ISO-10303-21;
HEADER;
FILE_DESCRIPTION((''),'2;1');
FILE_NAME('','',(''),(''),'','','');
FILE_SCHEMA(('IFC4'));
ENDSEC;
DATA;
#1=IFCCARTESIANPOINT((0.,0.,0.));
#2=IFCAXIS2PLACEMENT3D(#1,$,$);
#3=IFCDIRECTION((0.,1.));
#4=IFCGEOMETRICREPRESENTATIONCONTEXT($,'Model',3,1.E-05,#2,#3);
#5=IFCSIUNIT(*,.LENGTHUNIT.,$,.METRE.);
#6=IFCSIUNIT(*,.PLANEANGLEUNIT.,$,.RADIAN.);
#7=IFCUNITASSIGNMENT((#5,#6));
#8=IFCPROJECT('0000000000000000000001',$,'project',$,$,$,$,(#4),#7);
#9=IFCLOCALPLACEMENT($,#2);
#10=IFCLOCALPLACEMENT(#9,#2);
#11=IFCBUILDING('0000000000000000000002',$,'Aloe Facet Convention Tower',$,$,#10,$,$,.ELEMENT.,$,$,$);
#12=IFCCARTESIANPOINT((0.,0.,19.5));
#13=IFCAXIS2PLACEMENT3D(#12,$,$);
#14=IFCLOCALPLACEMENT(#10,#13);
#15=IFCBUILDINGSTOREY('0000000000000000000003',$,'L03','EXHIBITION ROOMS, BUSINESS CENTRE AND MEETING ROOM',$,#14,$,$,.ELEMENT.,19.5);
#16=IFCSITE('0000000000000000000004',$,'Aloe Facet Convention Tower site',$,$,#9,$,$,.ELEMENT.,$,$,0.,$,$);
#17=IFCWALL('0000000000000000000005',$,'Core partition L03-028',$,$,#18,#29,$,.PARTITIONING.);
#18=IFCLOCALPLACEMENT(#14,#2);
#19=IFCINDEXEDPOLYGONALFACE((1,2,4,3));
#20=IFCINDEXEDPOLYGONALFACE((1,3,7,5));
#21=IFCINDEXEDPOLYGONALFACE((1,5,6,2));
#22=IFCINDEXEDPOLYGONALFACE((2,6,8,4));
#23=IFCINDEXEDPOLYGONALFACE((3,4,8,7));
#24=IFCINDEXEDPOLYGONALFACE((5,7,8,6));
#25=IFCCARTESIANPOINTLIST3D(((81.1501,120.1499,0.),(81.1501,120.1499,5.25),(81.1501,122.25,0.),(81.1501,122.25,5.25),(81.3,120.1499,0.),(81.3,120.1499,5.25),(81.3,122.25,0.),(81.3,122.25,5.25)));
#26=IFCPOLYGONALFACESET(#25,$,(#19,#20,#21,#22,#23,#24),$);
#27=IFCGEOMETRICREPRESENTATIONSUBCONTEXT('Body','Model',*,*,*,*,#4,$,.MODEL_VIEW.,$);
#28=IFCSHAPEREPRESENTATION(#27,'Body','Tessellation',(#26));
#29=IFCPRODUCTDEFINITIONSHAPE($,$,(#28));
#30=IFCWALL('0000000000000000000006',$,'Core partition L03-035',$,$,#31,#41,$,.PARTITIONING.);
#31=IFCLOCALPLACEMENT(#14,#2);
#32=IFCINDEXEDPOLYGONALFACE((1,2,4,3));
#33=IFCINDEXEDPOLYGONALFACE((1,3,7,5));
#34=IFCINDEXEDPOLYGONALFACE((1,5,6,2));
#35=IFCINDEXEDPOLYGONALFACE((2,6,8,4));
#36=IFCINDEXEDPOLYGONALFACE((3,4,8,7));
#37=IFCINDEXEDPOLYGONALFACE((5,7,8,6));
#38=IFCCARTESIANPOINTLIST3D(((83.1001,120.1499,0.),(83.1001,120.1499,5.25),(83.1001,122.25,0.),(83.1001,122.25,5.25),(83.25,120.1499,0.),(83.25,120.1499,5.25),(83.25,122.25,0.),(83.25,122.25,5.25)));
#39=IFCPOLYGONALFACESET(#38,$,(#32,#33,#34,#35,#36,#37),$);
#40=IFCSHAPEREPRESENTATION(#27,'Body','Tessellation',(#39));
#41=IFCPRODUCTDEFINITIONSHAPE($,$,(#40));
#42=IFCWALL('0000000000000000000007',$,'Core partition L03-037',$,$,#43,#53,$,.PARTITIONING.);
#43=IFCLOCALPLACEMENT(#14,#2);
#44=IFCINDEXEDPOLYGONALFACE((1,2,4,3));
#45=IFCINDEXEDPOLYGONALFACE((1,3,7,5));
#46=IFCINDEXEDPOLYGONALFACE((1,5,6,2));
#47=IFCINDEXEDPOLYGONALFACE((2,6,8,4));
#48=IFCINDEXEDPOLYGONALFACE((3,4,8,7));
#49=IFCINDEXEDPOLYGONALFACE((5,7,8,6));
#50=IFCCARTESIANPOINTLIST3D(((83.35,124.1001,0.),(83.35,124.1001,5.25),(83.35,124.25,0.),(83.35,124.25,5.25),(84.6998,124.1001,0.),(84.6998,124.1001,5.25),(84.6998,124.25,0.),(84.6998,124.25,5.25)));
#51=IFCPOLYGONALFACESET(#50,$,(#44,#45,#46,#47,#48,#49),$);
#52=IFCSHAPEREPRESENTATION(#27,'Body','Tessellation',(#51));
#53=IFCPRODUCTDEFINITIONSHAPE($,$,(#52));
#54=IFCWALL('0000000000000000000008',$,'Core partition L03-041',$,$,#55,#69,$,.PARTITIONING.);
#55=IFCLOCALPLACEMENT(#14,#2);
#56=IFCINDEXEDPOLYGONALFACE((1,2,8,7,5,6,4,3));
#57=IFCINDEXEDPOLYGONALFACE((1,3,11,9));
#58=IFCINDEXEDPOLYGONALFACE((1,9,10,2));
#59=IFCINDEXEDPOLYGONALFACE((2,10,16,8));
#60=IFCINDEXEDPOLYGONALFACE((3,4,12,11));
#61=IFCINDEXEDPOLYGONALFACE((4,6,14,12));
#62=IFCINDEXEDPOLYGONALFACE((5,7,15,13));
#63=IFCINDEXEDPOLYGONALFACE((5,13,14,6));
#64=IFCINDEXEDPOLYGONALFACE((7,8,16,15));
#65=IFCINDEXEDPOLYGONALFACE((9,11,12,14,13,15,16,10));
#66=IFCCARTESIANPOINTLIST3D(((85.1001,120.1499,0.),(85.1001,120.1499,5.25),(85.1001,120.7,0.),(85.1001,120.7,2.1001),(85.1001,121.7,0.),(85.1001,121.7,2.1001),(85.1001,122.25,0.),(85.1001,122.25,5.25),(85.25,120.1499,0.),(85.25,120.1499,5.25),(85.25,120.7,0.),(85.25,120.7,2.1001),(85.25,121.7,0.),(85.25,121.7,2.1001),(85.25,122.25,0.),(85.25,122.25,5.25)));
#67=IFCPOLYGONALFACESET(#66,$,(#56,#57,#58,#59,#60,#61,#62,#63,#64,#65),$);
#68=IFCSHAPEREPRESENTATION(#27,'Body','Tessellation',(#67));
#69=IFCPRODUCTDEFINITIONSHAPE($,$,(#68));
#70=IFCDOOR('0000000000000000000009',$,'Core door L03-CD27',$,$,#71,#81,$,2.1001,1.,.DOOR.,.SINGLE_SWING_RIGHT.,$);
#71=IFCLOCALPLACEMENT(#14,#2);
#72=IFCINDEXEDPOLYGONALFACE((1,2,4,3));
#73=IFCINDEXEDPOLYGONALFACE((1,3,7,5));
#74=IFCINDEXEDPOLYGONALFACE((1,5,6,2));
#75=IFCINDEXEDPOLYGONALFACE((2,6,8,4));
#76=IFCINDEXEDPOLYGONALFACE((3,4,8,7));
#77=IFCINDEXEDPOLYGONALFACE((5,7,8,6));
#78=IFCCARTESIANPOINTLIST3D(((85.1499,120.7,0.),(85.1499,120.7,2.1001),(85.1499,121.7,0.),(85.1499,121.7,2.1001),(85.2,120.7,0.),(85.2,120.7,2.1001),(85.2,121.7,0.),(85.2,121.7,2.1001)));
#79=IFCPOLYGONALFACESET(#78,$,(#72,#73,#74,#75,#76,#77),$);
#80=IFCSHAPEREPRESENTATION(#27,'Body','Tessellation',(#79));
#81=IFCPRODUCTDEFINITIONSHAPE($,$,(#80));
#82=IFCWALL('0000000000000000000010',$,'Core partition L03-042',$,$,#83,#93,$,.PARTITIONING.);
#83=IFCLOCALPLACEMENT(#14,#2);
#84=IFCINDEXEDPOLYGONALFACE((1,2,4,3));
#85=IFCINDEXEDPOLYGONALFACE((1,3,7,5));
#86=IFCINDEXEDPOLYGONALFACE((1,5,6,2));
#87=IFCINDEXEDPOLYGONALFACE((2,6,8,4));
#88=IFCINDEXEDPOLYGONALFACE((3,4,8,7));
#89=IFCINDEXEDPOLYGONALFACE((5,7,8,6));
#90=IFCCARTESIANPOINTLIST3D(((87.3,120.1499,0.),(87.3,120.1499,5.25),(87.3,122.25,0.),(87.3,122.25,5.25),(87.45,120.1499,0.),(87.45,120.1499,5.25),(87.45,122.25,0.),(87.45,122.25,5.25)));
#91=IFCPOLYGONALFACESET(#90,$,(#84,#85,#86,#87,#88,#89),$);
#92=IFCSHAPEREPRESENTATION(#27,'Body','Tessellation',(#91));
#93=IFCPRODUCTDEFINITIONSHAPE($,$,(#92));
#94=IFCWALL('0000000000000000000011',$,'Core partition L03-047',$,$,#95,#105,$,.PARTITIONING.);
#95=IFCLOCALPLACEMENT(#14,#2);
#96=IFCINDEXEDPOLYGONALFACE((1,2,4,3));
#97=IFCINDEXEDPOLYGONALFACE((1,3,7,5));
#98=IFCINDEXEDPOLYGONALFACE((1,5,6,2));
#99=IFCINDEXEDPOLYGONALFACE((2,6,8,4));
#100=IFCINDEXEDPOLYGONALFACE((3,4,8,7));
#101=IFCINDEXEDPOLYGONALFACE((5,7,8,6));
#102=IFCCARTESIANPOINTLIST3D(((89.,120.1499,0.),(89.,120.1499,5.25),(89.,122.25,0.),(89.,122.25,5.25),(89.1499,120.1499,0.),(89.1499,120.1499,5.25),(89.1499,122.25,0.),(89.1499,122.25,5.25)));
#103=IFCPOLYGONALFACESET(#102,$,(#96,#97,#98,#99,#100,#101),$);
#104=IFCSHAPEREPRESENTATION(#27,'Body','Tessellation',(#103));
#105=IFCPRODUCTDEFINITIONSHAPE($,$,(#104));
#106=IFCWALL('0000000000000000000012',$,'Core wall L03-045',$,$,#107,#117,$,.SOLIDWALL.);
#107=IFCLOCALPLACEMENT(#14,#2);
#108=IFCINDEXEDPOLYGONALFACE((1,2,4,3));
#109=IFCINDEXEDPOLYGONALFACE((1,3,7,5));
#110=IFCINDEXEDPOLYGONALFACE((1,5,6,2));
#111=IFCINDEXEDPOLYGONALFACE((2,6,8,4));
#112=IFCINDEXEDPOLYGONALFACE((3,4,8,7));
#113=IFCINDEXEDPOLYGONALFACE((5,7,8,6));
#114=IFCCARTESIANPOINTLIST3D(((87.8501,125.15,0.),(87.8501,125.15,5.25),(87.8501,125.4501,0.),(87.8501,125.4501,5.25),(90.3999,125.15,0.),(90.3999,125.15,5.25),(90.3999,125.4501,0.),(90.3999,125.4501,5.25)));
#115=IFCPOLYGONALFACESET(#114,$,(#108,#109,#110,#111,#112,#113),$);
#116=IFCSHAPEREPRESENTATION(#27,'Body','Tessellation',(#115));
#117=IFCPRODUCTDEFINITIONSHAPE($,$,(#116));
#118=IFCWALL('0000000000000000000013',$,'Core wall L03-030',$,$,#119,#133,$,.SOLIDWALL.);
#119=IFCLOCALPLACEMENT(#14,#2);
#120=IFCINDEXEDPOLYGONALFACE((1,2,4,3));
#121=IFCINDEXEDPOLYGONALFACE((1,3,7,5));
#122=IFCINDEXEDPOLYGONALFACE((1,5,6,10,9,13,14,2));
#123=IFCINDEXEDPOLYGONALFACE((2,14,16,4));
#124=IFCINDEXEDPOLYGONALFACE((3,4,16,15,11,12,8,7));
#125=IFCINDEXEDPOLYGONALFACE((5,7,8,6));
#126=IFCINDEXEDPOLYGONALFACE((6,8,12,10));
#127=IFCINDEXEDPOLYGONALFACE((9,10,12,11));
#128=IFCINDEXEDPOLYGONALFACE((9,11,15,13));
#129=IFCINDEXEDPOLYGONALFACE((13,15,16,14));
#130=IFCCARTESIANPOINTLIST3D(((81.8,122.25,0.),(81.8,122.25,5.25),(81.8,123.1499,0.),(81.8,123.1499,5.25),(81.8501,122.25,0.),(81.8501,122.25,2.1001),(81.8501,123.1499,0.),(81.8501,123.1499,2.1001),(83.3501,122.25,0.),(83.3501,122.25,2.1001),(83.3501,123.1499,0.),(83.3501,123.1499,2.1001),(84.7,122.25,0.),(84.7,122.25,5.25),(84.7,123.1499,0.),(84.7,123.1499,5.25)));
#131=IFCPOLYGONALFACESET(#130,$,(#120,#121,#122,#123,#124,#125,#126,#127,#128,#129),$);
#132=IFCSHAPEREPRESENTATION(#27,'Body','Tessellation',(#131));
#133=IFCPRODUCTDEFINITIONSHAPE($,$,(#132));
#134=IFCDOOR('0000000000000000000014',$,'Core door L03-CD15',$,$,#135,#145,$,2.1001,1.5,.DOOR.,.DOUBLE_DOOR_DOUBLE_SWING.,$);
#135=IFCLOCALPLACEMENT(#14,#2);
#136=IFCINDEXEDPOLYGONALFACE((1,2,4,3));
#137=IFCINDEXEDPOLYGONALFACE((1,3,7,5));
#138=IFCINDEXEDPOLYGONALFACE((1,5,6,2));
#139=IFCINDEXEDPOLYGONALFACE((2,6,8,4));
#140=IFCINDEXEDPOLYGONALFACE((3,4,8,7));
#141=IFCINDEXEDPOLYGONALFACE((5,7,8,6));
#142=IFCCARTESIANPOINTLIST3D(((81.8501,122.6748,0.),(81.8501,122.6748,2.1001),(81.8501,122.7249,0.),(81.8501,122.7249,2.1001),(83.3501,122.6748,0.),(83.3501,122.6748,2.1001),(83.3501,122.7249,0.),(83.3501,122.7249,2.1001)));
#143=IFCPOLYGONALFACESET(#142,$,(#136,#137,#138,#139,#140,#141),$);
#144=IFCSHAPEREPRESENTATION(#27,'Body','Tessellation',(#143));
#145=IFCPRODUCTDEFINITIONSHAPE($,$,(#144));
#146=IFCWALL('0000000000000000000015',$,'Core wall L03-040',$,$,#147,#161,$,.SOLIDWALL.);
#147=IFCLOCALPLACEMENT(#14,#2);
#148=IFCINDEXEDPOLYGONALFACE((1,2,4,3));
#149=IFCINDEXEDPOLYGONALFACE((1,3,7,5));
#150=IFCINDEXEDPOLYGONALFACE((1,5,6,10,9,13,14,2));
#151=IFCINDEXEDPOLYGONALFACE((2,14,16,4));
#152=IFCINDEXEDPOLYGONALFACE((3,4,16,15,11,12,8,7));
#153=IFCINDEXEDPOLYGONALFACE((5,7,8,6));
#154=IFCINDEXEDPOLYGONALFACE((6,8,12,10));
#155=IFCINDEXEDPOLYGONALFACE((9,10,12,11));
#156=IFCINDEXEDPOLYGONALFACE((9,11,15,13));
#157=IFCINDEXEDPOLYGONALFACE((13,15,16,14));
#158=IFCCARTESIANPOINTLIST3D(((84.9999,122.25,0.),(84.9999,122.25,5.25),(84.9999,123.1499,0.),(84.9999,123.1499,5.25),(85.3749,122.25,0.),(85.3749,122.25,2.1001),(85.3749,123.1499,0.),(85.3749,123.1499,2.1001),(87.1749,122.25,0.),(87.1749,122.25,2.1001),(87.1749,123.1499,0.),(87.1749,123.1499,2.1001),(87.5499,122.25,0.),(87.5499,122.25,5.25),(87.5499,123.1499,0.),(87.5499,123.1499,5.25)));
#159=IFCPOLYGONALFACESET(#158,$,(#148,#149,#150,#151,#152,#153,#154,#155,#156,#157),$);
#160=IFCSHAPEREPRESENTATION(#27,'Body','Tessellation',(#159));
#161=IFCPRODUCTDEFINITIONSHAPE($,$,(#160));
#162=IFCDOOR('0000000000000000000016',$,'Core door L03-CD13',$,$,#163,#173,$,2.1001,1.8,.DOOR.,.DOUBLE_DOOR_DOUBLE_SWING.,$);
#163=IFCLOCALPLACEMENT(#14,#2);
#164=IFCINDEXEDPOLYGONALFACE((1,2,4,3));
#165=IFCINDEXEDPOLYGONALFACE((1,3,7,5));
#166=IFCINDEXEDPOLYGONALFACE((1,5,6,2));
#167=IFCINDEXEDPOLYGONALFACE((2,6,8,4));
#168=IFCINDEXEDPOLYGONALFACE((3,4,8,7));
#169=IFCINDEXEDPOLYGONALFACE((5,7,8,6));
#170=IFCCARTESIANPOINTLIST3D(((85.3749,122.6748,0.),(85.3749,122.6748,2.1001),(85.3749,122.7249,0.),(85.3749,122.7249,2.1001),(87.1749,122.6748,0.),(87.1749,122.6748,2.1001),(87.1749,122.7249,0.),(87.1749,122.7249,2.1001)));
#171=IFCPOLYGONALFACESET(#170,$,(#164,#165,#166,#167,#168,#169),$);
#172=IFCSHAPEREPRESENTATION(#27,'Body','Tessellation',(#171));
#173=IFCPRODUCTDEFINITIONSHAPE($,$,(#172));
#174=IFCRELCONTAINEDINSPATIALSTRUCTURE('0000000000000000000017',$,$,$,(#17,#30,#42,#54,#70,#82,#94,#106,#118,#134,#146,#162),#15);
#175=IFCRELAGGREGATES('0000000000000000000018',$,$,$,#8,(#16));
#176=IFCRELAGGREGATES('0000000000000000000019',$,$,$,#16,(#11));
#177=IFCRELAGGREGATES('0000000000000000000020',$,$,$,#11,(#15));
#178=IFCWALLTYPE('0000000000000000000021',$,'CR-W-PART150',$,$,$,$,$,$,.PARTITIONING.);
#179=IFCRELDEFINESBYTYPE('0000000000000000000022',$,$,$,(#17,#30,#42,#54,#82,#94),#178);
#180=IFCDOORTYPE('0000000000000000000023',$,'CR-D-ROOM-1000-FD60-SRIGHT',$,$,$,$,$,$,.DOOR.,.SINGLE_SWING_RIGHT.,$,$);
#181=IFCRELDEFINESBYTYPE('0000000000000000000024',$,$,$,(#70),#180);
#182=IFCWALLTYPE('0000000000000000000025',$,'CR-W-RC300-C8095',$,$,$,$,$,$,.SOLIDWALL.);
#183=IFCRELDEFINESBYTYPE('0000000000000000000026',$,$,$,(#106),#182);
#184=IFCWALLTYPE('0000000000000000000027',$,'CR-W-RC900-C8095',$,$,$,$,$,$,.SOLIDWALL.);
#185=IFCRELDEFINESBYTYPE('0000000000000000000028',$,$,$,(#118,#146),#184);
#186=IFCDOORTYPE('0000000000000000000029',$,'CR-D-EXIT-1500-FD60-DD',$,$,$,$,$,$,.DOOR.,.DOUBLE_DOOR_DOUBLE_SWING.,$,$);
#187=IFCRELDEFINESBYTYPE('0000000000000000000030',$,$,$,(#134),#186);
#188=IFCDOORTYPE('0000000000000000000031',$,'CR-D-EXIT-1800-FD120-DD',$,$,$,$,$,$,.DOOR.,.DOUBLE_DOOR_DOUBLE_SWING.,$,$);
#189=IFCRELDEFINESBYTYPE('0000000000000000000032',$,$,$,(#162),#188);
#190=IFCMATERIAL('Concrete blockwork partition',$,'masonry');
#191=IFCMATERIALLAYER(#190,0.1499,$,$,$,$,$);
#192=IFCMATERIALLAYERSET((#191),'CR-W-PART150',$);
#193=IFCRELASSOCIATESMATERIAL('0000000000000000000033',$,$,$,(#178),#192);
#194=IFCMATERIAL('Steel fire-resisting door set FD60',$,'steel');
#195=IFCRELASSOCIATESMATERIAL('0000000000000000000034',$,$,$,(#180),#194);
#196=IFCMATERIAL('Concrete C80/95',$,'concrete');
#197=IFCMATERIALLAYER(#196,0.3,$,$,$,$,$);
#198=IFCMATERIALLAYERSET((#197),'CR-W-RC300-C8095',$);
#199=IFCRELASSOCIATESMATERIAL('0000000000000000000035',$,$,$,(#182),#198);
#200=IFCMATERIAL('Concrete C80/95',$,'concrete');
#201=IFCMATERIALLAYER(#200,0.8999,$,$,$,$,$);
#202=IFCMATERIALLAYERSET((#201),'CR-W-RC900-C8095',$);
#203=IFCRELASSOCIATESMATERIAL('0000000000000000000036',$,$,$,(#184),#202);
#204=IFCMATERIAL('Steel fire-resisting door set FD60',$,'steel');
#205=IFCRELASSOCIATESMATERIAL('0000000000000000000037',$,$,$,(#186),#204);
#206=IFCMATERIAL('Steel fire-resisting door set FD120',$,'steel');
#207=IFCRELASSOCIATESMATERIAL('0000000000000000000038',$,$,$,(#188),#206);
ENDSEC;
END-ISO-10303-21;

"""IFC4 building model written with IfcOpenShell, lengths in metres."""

from ifc_helpers import new_model, si_unit, direction, frame, frame_2d, origin, place, context, subcontext, project, spatial, rectangle, extrude, material, layer, layer_set, type_object, element, fill, save


model = new_model("IFC4")

# Units and contexts
model_context = context("Model", 3, precision=1e-05, world=origin(), true_north=direction((0.0, 1.0)))
body_context = subcontext(model_context, "Body", "Model", "MODEL_VIEW")
ifc_project = project(units=[si_unit("LENGTHUNIT", "METRE"), si_unit("PLANEANGLEUNIT", "RADIAN")], contexts=[model_context])

# Site, building, storey
site_placement = place(None, origin())
site = spatial("IfcSite", under=ifc_project, at=site_placement, Name="Aloe Facet Convention Tower site", CompositionType="ELEMENT", RefElevation=0.0)
building_placement = place(site_placement, origin())
building = spatial("IfcBuilding", under=site, at=building_placement, Name="Aloe Facet Convention Tower", CompositionType="ELEMENT")
storey_placement = place(building_placement, frame((0.0, 0.0, 19.5)))
storey = spatial("IfcBuildingStorey", under=building, at=storey_placement, Name="L03", Description="EXHIBITION ROOMS, BUSINESS CENTRE AND MEETING ROOM", CompositionType="ELEMENT", Elevation=19.5)

# Walls
ifc_material_1 = material(Name="Concrete blockwork partition", Category="masonry")
ifc_layer_1 = layer(ifc_material_1, 0.1499)
ifc_layer_set_1 = layer_set([ifc_layer_1], Name="CR-W-PART150")
wall_type_1 = type_object("IfcWallType", Name="CR-W-PART150", PredefinedType="PARTITIONING", material=ifc_layer_set_1)
for number, where, z_axis, x_axis, name in (
    (1, (81.2251, 122.25, 0.0), (0.0, 0.0, 1.0), (0.0, -1.0, 0.0), "Core partition L03-028"),
    (2, (83.175, 122.25, 0.0), (0.0, 0.0, 1.0), (0.0, -1.0, 0.0), "Core partition L03-035"),
):
    element("IfcWall", number, at=place(storey_placement, frame(where, z_axis=z_axis, x_axis=x_axis)), inside=storey, type_object=wall_type_1, Name=name, PredefinedType="PARTITIONING", context=body_context, shape_type="SweptSolid", body=[
        extrude(rectangle(XDim=2.1001, YDim=0.1499, at=frame_2d((1.05, 0.0))), origin(), (0.0, 0.0, 1.0), 5.25),
    ])
wall_1_placement = place(storey_placement, frame((83.3501, 124.175, 0.0), z_axis=(0.0, 0.0, 1.0), x_axis=(1.0, 0.0, 0.0)))
element("IfcWall", 3, at=wall_1_placement, inside=storey, type_object=wall_type_1, Name="Core partition L03-037", PredefinedType="PARTITIONING", context=body_context, shape_type="SweptSolid", body=[
    extrude(rectangle(XDim=1.3499, YDim=0.1499, at=frame_2d((0.6748, 0.0))), origin(), (0.0, 0.0, 1.0), 5.25),
])

# Wall, opening, door
wall_2_placement = place(storey_placement, frame((85.175, 122.25, 0.0), z_axis=(0.0, 0.0, 1.0), x_axis=(0.0, -1.0, 0.0)))
wall_2 = element("IfcWall", 4, at=wall_2_placement, inside=storey, type_object=wall_type_1, Name="Core partition L03-041", PredefinedType="PARTITIONING", context=body_context, shape_type="SweptSolid", body=[
    extrude(rectangle(XDim=2.1001, YDim=0.1499, at=frame_2d((1.05, 0.0))), origin(), (0.0, 0.0, 1.0), 5.25),
])
opening_1_placement = place(wall_2_placement, frame((0.55, 0.0, 0.0)))
opening_1 = element("IfcOpeningElement", 5, at=opening_1_placement, cuts=wall_2, PredefinedType="OPENING", context=body_context, shape_type="SweptSolid", body=[
    extrude(rectangle(XDim=1.0, YDim=2.1001, at=frame_2d((0.5, 1.05))), frame((0.0, 0.085, 0.0), z_axis=(0.0, -1.0, 0.0), x_axis=(1.0, 0.0, 0.0)), (0.0, 0.0, 1.0), 0.1699),
])
ifc_material_2 = material(Name="Steel fire-resisting door set FD60", Category="steel")
door_type_1 = type_object("IfcDoorType", Name="CR-D-ROOM-1000-FD60-SRIGHT", OperationType="SINGLE_SWING_RIGHT", PredefinedType="DOOR", material=ifc_material_2)
door_1_placement = place(opening_1_placement, origin())
door_1 = element("IfcDoor", 6, at=door_1_placement, inside=storey, type_object=door_type_1, Name="Core door L03-CD27", OperationType="SINGLE_SWING_RIGHT", OverallHeight=2.1001, OverallWidth=1.0, PredefinedType="DOOR", context=body_context, shape_type="SweptSolid", body=[
    extrude(rectangle(XDim=1.0, YDim=2.1001, at=frame_2d((0.5, 1.05))), frame((0.0, 0.0249, 0.0), z_axis=(0.0, -1.0, 0.0), x_axis=(1.0, 0.0, 0.0)), (0.0, 0.0, 1.0), 0.05),
])
fill(opening_1, door_1)

# Walls
for number, where, z_axis, x_axis, name in (
    (7, (87.375, 122.25, 0.0), (0.0, 0.0, 1.0), (0.0, -1.0, 0.0), "Core partition L03-042"),
    (8, (89.075, 122.25, 0.0), (0.0, 0.0, 1.0), (0.0, -1.0, 0.0), "Core partition L03-047"),
):
    element("IfcWall", number, at=place(storey_placement, frame(where, z_axis=z_axis, x_axis=x_axis)), inside=storey, type_object=wall_type_1, Name=name, PredefinedType="PARTITIONING", context=body_context, shape_type="SweptSolid", body=[
        extrude(rectangle(XDim=2.1001, YDim=0.1499, at=frame_2d((1.05, 0.0))), origin(), (0.0, 0.0, 1.0), 5.25),
    ])
ifc_material_3 = material(Name="Concrete C80/95", Category="concrete")
ifc_layer_2 = layer(ifc_material_3, 0.3)
ifc_layer_set_2 = layer_set([ifc_layer_2], Name="CR-W-RC300-C8095")
wall_type_2 = type_object("IfcWallType", Name="CR-W-RC300-C8095", PredefinedType="SOLIDWALL", material=ifc_layer_set_2)
wall_3_placement = place(storey_placement, frame((87.8501, 125.3, 0.0), z_axis=(0.0, 0.0, 1.0), x_axis=(1.0, 0.0, 0.0)))
element("IfcWall", 9, at=wall_3_placement, inside=storey, type_object=wall_type_2, Name="Core wall L03-045", PredefinedType="SOLIDWALL", context=body_context, shape_type="SweptSolid", body=[
    extrude(rectangle(XDim=2.5498, YDim=0.3, at=frame_2d((1.2749, 0.0))), origin(), (0.0, 0.0, 1.0), 5.25),
])

# Walls, openings, doors
ifc_material_4 = material(Name="Concrete C80/95", Category="concrete")
ifc_layer_3 = layer(ifc_material_4, 0.8999)
ifc_layer_set_3 = layer_set([ifc_layer_3], Name="CR-W-RC900-C8095")
wall_type_3 = type_object("IfcWallType", Name="CR-W-RC900-C8095", PredefinedType="SOLIDWALL", material=ifc_layer_set_3)
wall_4_placement = place(storey_placement, frame((81.8, 122.7, 0.0), z_axis=(0.0, 0.0, 1.0), x_axis=(1.0, 0.0, 0.0)))
wall_4 = element("IfcWall", 10, at=wall_4_placement, inside=storey, type_object=wall_type_3, Name="Core wall L03-030", PredefinedType="SOLIDWALL", context=body_context, shape_type="SweptSolid", body=[
    extrude(rectangle(XDim=2.8999, YDim=0.8999, at=frame_2d((1.45, 0.0))), origin(), (0.0, 0.0, 1.0), 5.25),
])
opening_2_placement = place(wall_4_placement, frame((0.05, 0.0, 0.0)))
opening_2 = element("IfcOpeningElement", 11, at=opening_2_placement, cuts=wall_4, PredefinedType="OPENING", context=body_context, shape_type="SweptSolid", body=[
    extrude(rectangle(XDim=1.5, YDim=2.1001, at=frame_2d((0.75, 1.05))), frame((0.0, 0.46, 0.0), z_axis=(0.0, -1.0, 0.0), x_axis=(1.0, 0.0, 0.0)), (0.0, 0.0, 1.0), 0.9199),
])
ifc_material_5 = material(Name="Steel fire-resisting door set FD60", Category="steel")
door_type_2 = type_object("IfcDoorType", Name="CR-D-EXIT-1500-FD60-DD", OperationType="DOUBLE_DOOR_DOUBLE_SWING", PredefinedType="DOOR", material=ifc_material_5)
door_2_placement = place(opening_2_placement, origin())
door_2 = element("IfcDoor", 12, at=door_2_placement, inside=storey, type_object=door_type_2, Name="Core door L03-CD15", OperationType="DOUBLE_DOOR_DOUBLE_SWING", OverallHeight=2.1001, OverallWidth=1.5, PredefinedType="DOOR", context=body_context, shape_type="SweptSolid", body=[
    extrude(rectangle(XDim=1.5, YDim=2.1001, at=frame_2d((0.75, 1.05))), frame((0.0, 0.0249, 0.0), z_axis=(0.0, -1.0, 0.0), x_axis=(1.0, 0.0, 0.0)), (0.0, 0.0, 1.0), 0.05),
])
fill(opening_2, door_2)
wall_5_placement = place(storey_placement, frame((85.0, 122.7, 0.0), z_axis=(0.0, 0.0, 1.0), x_axis=(1.0, 0.0, 0.0)))
wall_5 = element("IfcWall", 13, at=wall_5_placement, inside=storey, type_object=wall_type_3, Name="Core wall L03-040", PredefinedType="SOLIDWALL", context=body_context, shape_type="SweptSolid", body=[
    extrude(rectangle(XDim=2.55, YDim=0.8999, at=frame_2d((1.2749, 0.0))), origin(), (0.0, 0.0, 1.0), 5.25),
])
opening_3_placement = place(wall_5_placement, frame((0.375, 0.0, 0.0)))
opening_3 = element("IfcOpeningElement", 14, at=opening_3_placement, cuts=wall_5, PredefinedType="OPENING", context=body_context, shape_type="SweptSolid", body=[
    extrude(rectangle(XDim=1.8, YDim=2.1001, at=frame_2d((0.8999, 1.05))), frame((0.0, 0.46, 0.0), z_axis=(0.0, -1.0, 0.0), x_axis=(1.0, 0.0, 0.0)), (0.0, 0.0, 1.0), 0.9199),
])
ifc_material_6 = material(Name="Steel fire-resisting door set FD120", Category="steel")
door_type_3 = type_object("IfcDoorType", Name="CR-D-EXIT-1800-FD120-DD", OperationType="DOUBLE_DOOR_DOUBLE_SWING", PredefinedType="DOOR", material=ifc_material_6)
door_3_placement = place(opening_3_placement, origin())
door_3 = element("IfcDoor", 15, at=door_3_placement, inside=storey, type_object=door_type_3, Name="Core door L03-CD13", OperationType="DOUBLE_DOOR_DOUBLE_SWING", OverallHeight=2.1001, OverallWidth=1.8, PredefinedType="DOOR", context=body_context, shape_type="SweptSolid", body=[
    extrude(rectangle(XDim=1.8, YDim=2.1001, at=frame_2d((0.8999, 1.05))), frame((0.0, 0.0249, 0.0), z_axis=(0.0, -1.0, 0.0), x_axis=(1.0, 0.0, 0.0)), (0.0, 0.0, 1.0), 0.05),
])
fill(opening_3, door_3)

save(model, "model.ifc")
